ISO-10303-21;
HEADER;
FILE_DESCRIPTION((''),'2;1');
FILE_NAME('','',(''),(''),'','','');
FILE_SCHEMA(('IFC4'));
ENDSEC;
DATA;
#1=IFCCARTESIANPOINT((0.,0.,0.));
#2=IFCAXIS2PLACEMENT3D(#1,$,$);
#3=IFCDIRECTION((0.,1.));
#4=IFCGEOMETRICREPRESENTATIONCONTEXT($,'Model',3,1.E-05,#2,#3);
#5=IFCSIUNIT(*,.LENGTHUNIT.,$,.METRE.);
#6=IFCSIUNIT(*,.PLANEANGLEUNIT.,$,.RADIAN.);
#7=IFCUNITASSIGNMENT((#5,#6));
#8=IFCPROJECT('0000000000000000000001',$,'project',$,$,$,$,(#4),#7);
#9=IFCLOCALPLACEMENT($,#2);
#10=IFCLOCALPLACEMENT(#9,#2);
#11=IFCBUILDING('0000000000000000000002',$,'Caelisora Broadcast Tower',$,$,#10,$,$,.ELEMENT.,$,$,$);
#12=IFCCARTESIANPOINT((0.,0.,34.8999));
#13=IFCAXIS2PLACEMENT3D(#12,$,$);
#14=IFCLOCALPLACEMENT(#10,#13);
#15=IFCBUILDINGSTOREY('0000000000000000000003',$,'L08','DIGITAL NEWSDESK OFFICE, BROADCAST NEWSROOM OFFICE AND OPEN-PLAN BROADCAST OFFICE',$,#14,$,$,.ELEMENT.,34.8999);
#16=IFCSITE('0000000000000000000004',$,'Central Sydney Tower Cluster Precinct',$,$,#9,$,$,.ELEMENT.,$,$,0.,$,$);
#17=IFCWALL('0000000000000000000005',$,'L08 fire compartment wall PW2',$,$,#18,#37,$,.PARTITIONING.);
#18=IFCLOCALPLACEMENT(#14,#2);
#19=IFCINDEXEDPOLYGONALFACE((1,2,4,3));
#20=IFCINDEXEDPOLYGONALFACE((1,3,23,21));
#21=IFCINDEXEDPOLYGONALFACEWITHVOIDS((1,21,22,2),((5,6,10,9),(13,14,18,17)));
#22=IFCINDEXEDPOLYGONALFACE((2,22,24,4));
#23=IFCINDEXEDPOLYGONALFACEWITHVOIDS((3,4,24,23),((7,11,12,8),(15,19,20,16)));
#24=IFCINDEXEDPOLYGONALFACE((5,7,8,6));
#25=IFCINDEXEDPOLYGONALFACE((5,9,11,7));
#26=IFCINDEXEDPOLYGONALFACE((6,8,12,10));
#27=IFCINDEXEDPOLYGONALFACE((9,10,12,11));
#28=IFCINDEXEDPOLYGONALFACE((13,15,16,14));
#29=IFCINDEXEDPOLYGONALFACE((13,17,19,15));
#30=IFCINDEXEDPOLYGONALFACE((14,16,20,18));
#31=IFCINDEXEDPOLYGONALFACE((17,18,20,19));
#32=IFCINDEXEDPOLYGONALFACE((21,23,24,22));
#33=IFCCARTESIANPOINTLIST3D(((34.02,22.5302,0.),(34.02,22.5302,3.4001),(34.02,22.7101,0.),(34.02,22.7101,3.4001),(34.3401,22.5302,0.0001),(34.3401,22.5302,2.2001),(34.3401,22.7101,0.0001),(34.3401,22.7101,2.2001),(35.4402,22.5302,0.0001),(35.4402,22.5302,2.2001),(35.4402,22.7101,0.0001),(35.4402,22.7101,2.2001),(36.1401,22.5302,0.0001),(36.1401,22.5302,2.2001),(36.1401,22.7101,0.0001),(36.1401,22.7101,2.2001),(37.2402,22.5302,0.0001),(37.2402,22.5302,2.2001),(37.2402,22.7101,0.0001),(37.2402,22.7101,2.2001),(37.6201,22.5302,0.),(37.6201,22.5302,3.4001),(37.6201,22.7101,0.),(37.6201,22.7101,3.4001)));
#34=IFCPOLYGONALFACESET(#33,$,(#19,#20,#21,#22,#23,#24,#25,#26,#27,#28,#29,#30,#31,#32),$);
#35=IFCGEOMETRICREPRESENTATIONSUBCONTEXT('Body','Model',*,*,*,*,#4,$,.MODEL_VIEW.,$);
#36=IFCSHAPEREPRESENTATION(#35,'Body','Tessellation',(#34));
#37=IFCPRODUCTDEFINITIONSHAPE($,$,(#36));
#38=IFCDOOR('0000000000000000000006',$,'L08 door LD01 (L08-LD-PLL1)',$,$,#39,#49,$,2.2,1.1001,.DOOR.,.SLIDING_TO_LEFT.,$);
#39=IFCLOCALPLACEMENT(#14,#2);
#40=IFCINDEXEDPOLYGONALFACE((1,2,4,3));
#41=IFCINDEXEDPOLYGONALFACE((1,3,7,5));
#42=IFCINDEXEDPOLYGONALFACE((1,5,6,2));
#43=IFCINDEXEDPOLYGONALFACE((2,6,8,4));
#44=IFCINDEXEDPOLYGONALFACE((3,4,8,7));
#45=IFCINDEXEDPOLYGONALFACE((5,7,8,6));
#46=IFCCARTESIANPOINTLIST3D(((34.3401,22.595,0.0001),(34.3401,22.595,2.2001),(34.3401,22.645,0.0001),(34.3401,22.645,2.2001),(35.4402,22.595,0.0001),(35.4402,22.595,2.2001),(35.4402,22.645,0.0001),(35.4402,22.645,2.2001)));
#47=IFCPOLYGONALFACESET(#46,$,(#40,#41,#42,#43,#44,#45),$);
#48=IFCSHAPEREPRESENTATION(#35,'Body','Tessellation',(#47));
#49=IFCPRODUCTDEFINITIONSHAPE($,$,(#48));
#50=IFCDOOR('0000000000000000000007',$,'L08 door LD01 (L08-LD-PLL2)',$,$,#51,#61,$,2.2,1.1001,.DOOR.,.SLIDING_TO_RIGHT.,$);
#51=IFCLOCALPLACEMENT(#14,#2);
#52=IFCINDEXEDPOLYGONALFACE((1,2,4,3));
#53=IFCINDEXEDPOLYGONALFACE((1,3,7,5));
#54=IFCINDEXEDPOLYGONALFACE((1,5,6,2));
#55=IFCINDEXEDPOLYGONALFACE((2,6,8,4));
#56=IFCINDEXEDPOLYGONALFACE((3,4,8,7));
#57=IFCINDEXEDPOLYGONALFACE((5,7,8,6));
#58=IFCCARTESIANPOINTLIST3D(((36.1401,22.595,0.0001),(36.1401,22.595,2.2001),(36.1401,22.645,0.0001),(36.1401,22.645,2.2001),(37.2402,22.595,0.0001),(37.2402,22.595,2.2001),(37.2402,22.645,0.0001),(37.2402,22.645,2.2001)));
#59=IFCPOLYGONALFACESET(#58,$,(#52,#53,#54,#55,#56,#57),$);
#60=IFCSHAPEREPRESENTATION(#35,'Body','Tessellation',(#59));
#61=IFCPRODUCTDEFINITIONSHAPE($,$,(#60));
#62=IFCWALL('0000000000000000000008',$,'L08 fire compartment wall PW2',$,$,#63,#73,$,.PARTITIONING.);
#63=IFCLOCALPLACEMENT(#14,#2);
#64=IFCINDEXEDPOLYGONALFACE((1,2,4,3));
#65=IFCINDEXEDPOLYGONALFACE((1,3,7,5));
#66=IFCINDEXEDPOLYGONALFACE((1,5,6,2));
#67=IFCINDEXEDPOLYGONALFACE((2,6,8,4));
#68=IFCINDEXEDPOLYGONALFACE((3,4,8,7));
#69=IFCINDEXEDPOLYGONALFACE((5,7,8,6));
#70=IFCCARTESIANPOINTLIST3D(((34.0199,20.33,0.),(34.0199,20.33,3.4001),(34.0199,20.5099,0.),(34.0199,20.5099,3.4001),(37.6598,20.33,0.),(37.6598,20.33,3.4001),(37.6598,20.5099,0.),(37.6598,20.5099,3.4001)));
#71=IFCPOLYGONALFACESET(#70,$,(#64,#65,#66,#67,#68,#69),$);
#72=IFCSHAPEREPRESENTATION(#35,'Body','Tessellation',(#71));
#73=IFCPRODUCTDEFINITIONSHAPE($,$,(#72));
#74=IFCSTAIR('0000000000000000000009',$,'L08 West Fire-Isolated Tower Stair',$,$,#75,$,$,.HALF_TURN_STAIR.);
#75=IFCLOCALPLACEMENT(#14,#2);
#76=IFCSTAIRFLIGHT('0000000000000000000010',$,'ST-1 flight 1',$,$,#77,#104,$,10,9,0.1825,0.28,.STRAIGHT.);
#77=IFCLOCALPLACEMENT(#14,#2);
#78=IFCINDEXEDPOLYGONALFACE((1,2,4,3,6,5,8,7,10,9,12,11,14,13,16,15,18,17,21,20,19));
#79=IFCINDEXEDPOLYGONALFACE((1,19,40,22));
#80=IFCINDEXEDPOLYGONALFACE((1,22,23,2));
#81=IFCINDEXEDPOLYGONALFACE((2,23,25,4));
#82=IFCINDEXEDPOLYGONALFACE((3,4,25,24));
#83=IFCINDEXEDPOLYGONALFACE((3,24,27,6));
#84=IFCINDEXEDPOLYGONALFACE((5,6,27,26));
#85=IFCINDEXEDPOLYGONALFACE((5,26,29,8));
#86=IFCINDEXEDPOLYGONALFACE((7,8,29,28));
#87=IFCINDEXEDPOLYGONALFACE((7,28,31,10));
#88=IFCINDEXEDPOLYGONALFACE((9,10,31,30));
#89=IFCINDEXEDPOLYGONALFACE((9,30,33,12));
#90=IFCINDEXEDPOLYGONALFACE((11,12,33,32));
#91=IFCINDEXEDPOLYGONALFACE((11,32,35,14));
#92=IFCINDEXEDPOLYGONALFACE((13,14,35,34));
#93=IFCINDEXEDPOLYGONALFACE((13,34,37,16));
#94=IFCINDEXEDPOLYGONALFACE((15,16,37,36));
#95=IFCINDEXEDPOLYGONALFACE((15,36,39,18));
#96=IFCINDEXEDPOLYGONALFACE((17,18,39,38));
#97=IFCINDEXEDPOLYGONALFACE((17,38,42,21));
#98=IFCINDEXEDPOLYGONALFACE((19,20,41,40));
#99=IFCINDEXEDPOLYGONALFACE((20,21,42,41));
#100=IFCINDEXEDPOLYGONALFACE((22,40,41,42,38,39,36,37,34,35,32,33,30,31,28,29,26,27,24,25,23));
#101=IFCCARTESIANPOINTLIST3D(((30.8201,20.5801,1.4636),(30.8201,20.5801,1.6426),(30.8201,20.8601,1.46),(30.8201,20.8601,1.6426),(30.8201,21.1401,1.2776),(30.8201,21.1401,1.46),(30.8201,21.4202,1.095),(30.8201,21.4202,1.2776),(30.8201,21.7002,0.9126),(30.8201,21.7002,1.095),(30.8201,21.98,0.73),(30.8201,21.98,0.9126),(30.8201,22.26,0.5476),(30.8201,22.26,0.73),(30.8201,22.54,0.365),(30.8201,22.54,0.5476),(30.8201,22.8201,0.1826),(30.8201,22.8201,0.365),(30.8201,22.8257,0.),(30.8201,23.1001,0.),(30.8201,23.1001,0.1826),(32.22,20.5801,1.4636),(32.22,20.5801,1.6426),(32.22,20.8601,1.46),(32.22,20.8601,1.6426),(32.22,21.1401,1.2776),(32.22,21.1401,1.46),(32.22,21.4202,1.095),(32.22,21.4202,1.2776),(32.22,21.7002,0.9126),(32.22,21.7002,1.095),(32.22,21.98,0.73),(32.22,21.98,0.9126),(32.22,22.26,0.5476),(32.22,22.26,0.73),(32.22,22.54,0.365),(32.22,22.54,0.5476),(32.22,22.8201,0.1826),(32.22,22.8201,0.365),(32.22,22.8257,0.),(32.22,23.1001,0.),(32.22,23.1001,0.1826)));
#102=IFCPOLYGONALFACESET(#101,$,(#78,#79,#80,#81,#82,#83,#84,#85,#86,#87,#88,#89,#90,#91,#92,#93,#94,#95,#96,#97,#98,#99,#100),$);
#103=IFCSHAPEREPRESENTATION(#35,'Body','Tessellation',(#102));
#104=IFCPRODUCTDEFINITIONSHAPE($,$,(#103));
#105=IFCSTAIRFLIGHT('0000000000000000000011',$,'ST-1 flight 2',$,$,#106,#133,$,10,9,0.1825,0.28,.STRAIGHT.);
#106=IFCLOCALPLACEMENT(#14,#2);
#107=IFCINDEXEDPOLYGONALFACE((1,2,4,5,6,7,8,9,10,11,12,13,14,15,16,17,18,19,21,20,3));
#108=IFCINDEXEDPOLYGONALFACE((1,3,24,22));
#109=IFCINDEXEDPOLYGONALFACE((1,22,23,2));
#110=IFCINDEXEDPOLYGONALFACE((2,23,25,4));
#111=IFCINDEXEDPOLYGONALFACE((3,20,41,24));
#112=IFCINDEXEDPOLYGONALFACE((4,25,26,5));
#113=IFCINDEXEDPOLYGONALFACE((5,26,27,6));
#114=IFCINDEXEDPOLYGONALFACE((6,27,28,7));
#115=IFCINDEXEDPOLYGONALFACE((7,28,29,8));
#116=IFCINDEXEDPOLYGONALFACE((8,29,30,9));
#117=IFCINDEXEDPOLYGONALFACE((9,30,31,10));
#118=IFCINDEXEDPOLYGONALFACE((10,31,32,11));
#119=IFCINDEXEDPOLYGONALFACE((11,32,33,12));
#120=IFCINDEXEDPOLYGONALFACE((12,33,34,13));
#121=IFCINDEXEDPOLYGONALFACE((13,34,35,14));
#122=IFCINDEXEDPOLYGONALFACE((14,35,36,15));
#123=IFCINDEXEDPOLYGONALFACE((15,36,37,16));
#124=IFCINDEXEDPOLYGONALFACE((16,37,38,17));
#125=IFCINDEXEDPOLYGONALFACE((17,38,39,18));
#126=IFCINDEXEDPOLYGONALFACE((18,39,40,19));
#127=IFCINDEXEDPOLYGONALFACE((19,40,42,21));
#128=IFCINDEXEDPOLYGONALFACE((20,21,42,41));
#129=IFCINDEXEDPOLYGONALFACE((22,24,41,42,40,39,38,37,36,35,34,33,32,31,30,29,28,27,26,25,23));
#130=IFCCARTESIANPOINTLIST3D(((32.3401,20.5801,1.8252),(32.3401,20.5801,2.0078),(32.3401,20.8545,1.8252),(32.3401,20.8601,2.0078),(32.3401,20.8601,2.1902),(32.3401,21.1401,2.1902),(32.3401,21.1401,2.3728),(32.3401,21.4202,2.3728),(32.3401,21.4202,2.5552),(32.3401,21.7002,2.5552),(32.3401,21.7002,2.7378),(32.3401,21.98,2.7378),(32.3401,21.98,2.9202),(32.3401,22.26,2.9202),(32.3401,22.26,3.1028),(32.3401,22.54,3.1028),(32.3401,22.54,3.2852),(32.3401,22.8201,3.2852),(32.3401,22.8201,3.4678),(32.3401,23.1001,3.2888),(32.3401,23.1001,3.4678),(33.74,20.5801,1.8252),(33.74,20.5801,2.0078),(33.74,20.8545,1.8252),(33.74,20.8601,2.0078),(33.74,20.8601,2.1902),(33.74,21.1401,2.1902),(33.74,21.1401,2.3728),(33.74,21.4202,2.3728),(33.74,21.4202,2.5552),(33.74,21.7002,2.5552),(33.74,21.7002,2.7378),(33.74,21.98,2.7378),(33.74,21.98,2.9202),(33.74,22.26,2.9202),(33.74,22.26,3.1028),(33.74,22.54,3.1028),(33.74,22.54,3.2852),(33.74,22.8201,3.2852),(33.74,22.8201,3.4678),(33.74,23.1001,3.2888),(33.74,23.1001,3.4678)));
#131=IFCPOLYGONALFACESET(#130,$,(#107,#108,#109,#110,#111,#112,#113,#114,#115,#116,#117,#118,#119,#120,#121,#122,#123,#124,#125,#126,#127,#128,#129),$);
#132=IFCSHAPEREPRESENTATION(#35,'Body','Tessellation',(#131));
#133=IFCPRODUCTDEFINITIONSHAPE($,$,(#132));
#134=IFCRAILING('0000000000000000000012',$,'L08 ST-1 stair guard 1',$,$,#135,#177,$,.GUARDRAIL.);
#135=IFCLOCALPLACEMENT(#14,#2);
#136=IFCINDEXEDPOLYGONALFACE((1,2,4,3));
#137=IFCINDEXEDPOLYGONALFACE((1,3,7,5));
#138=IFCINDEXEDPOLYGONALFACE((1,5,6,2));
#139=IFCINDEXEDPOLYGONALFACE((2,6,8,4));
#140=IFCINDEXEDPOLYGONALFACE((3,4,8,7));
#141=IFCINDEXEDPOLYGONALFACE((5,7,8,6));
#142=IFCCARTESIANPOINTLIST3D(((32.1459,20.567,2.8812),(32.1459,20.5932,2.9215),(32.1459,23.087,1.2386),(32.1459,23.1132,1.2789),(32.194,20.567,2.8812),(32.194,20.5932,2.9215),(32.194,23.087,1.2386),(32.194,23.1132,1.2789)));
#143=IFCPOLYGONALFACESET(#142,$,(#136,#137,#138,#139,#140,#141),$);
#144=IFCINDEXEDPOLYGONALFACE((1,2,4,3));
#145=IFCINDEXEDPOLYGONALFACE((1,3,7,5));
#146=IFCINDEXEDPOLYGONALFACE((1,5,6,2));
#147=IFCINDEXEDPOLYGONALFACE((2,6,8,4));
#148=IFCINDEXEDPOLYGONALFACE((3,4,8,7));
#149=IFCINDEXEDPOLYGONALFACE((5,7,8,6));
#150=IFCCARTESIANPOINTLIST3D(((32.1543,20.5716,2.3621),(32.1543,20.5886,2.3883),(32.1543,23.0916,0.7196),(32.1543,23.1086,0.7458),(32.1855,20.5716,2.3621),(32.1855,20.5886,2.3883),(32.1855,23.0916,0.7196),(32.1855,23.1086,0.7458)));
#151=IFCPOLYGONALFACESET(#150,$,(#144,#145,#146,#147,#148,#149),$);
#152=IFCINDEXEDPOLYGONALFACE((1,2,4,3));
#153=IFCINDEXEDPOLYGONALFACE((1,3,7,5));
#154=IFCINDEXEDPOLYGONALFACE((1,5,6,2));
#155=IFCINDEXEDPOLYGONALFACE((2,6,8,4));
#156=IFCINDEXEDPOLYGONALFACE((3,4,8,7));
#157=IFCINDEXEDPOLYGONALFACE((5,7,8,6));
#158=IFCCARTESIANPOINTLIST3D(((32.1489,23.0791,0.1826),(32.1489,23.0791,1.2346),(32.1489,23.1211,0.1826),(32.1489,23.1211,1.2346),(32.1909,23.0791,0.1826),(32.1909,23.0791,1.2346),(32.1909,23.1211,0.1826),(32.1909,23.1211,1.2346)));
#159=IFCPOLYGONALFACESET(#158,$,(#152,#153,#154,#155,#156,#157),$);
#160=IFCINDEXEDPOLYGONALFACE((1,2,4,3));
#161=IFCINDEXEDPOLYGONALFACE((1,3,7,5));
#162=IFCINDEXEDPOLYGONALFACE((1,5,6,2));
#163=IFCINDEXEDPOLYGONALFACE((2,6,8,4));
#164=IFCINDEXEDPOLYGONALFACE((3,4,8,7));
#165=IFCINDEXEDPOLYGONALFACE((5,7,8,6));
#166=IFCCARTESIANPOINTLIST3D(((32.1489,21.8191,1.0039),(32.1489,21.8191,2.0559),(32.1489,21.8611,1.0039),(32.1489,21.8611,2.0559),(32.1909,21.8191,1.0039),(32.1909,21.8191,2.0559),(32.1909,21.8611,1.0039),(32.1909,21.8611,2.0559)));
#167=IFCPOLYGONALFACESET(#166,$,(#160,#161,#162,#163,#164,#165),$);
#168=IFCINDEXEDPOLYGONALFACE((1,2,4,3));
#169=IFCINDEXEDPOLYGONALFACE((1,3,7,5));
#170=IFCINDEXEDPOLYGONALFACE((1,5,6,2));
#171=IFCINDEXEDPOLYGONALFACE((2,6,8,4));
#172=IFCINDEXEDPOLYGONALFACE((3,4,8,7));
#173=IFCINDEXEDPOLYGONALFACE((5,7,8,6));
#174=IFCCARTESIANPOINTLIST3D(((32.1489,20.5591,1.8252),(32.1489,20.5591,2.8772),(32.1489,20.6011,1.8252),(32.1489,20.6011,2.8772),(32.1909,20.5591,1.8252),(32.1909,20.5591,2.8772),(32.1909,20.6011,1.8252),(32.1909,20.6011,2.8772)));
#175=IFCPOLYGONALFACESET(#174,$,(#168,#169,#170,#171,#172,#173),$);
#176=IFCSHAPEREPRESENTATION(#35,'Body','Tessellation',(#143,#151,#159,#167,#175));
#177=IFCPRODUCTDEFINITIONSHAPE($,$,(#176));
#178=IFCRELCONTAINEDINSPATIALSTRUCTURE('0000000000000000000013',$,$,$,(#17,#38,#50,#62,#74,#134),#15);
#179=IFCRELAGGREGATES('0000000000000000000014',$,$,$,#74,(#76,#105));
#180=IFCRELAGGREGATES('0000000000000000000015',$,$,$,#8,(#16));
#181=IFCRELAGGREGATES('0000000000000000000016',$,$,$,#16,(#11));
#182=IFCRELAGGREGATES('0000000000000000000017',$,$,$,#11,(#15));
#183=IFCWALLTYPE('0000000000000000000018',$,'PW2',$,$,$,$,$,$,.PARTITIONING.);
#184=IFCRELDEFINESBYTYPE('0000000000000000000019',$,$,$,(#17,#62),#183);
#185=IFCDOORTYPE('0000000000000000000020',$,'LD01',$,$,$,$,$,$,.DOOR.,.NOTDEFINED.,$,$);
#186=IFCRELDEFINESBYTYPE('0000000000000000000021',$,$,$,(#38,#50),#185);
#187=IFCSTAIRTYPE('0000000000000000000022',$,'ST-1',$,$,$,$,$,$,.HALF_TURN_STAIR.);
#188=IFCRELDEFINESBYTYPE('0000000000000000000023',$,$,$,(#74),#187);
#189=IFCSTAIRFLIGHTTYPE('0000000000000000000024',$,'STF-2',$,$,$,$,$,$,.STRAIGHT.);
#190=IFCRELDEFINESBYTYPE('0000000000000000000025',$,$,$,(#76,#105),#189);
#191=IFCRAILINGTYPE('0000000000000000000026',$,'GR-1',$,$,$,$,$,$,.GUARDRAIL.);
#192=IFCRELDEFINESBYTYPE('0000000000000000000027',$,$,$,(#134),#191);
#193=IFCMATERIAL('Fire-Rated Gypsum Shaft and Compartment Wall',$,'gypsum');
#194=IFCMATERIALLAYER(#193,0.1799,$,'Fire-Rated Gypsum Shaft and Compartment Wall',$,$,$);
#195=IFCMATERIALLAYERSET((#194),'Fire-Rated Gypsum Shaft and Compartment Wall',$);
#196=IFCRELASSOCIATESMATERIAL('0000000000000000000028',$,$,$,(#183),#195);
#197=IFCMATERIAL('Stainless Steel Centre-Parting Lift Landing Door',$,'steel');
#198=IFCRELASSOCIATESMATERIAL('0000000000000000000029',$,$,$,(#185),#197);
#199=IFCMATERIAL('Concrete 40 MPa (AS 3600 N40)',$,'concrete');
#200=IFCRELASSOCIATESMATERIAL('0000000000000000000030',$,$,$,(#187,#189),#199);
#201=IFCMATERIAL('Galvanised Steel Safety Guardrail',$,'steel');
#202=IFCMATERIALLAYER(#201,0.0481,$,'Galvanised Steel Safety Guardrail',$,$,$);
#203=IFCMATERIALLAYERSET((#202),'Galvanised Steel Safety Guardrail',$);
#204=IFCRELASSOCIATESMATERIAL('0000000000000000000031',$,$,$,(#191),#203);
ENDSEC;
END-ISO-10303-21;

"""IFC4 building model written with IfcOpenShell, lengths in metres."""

from ifc_helpers import new_model, si_unit, direction, frame, frame_2d, origin, origin_2d, place, context, subcontext, project, spatial, polyline, rectangle, outline, extrude, material, layer, layer_set, type_object, element, fill, aggregate, save


model = new_model("IFC4")

# Units and contexts
model_context = context("Model", 3, precision=1e-05, world=origin(), true_north=direction((0.0, 1.0)))
body_context = subcontext(model_context, "Body", "Model", "MODEL_VIEW")
ifc_project = project(units=[si_unit("LENGTHUNIT", "METRE"), si_unit("PLANEANGLEUNIT", "RADIAN")], contexts=[model_context])

# Site, building, storey
site_placement = place(None, origin())
site = spatial("IfcSite", under=ifc_project, at=site_placement, Name="Central Sydney Tower Cluster Precinct", CompositionType="ELEMENT", RefElevation=0.0)
building_placement = place(site_placement, origin())
building = spatial("IfcBuilding", under=site, at=building_placement, Name="Caelisora Broadcast Tower", CompositionType="ELEMENT")
storey_placement = place(building_placement, frame((0.0, 0.0, 34.8999)))
storey = spatial("IfcBuildingStorey", under=building, at=storey_placement, Name="L08", Description="DIGITAL NEWSDESK OFFICE, BROADCAST NEWSROOM OFFICE AND OPEN-PLAN BROADCAST OFFICE", CompositionType="ELEMENT", Elevation=34.8999)

# Wall, openings, doors
ifc_material_1 = material(Name="Fire-Rated Gypsum Shaft and Compartment Wall", Category="gypsum")
ifc_layer_1 = layer(ifc_material_1, 0.1799, Name="Fire-Rated Gypsum Shaft and Compartment Wall")
ifc_layer_set_1 = layer_set([ifc_layer_1], Name="Fire-Rated Gypsum Shaft and Compartment Wall")
wall_type_1 = type_object("IfcWallType", Name="PW2", PredefinedType="PARTITIONING", material=ifc_layer_set_1)
wall_1_placement = place(storey_placement, frame((34.02, 22.6201, 0.0), z_axis=(0.0, 0.0, 1.0), x_axis=(1.0, 0.0, 0.0)))
wall_1 = element("IfcWall", 1, at=wall_1_placement, inside=storey, type_object=wall_type_1, Name="L08 fire compartment wall PW2", PredefinedType="PARTITIONING", context=body_context, shape_type="SweptSolid", body=[
    extrude(rectangle(XDim=3.6001, YDim=0.1799, at=frame_2d((1.8, 0.0))), origin(), (0.0, 0.0, 1.0), 3.4001),
])
opening_1_placement = place(wall_1_placement, frame((0.3201, 0.0, 0.0)))
opening_1 = element("IfcOpeningElement", 2, at=opening_1_placement, cuts=wall_1, PredefinedType="OPENING", context=body_context, shape_type="SweptSolid", body=[
    extrude(rectangle(XDim=1.1001, YDim=2.2, at=frame_2d((0.55, 1.1001))), frame((0.0, 0.1021, 0.0), z_axis=(0.0, -1.0, 0.0), x_axis=(1.0, 0.0, 0.0)), (0.0, 0.0, 1.0), 0.2039),
])
opening_2_placement = place(wall_1_placement, frame((2.1201, 0.0, 0.0)))
opening_2 = element("IfcOpeningElement", 3, at=opening_2_placement, cuts=wall_1, PredefinedType="OPENING", context=body_context, shape_type="SweptSolid", body=[
    extrude(rectangle(XDim=1.1001, YDim=2.2, at=frame_2d((0.55, 1.1001))), frame((0.0, 0.1021, 0.0), z_axis=(0.0, -1.0, 0.0), x_axis=(1.0, 0.0, 0.0)), (0.0, 0.0, 1.0), 0.2039),
])
ifc_material_2 = material(Name="Stainless Steel Centre-Parting Lift Landing Door", Category="steel")
door_type_1 = type_object("IfcDoorType", Name="LD01", OperationType="NOTDEFINED", PredefinedType="DOOR", material=ifc_material_2)
door_1_placement = place(opening_1_placement, origin())
door_1 = element("IfcDoor", 4, at=door_1_placement, inside=storey, type_object=door_type_1, Name="L08 door LD01 (L08-LD-PLL1)", OperationType="SLIDING_TO_LEFT", OverallHeight=2.2, OverallWidth=1.1001, PredefinedType="DOOR", context=body_context, shape_type="SweptSolid", body=[
    extrude(rectangle(XDim=1.1001, YDim=2.2, at=frame_2d((0.55, 1.1001))), frame((0.0, 0.0249, 0.0), z_axis=(0.0, -1.0, 0.0), x_axis=(1.0, 0.0, 0.0)), (0.0, 0.0, 1.0), 0.05),
])
fill(opening_1, door_1)
door_2_placement = place(opening_2_placement, origin())
door_2 = element("IfcDoor", 5, at=door_2_placement, inside=storey, type_object=door_type_1, Name="L08 door LD01 (L08-LD-PLL2)", OperationType="SLIDING_TO_RIGHT", OverallHeight=2.2, OverallWidth=1.1001, PredefinedType="DOOR", context=body_context, shape_type="SweptSolid", body=[
    extrude(rectangle(XDim=1.1001, YDim=2.2, at=frame_2d((0.55, 1.1001))), frame((0.0, 0.0249, 0.0), z_axis=(0.0, -1.0, 0.0), x_axis=(1.0, 0.0, 0.0)), (0.0, 0.0, 1.0), 0.05),
])
fill(opening_2, door_2)

# Wall
wall_2_placement = place(storey_placement, frame((34.02, 20.4199, 0.0), z_axis=(0.0, 0.0, 1.0), x_axis=(1.0, 0.0, 0.0)))
element("IfcWall", 6, at=wall_2_placement, inside=storey, type_object=wall_type_1, Name="L08 fire compartment wall PW2", PredefinedType="PARTITIONING", context=body_context, shape_type="SweptSolid", body=[
    extrude(rectangle(XDim=3.6399, YDim=0.1799, at=frame_2d((1.8198, 0.0))), origin(), (0.0, 0.0, 1.0), 3.4001),
])

# Stair, stair flights
ifc_material_3 = material(Name="Concrete 40 MPa (AS 3600 N40)", Category="concrete")
stair_type = type_object("IfcStairType", Name="ST-1", PredefinedType="HALF_TURN_STAIR", material=ifc_material_3)
stair_placement = place(storey_placement, origin())
stair = element("IfcStair", 7, at=stair_placement, inside=storey, type_object=stair_type, Name="L08 West Fire-Isolated Tower Stair", PredefinedType="HALF_TURN_STAIR")
stair_flight_type = type_object("IfcStairFlightType", Name="STF-2", PredefinedType="STRAIGHT", material=ifc_material_3)
stair_flight_1_placement = place(storey_placement, frame((31.52, 23.1001, 0.0), z_axis=(0.0, 0.0, 1.0), x_axis=(0.0, -1.0, 0.0)))
stair_flight_1 = element("IfcStairFlight", 8, at=stair_flight_1_placement, type_object=stair_flight_type, Name="ST-1 flight 1", NumberOfRisers=10, NumberOfTreads=9, PredefinedType="STRAIGHT", RiserHeight=0.1825, TreadLength=0.28, context=body_context, shape_type="SweptSolid", body=[
    extrude(outline(polyline([(0.0, 0.0), (0.0, 0.1826), (0.28, 0.1826), (0.28, 0.365), (0.5601, 0.365), (0.5601, 0.5476), (0.8401, 0.5476), (0.8401, 0.73), (1.1201, 0.73), (1.1201, 0.9126), (1.3999, 0.9126), (1.3999, 1.095), (1.6799, 1.095), (1.6799, 1.2776), (1.96, 1.2776), (1.96, 1.46), (2.24, 1.46), (2.24, 1.6426), (2.52, 1.6426), (2.52, 1.825), (2.52, 1.4636), (0.2744, 0.0), (0.0, 0.0)])), frame((0.0, 0.7, 0.0), z_axis=(0.0, -1.0, 0.0), x_axis=(1.0, 0.0, 0.0)), (0.0, 0.0, 1.0), 1.3999),
])
stair_flight_2_placement = place(storey_placement, frame((33.04, 20.5801, 1.8252), z_axis=(0.0, 0.0, 1.0), x_axis=(0.0, 1.0, 0.0)))
stair_flight_2 = element("IfcStairFlight", 9, at=stair_flight_2_placement, type_object=stair_flight_type, Name="ST-1 flight 2", NumberOfRisers=10, NumberOfTreads=9, PredefinedType="STRAIGHT", RiserHeight=0.1825, TreadLength=0.28, context=body_context, shape_type="SweptSolid", body=[
    extrude(outline(polyline([(0.0, 0.0), (0.0, 0.1826), (0.28, 0.1826), (0.28, 0.365), (0.5601, 0.365), (0.5601, 0.5476), (0.8401, 0.5476), (0.8401, 0.73), (1.1201, 0.73), (1.1201, 0.9126), (1.3999, 0.9126), (1.3999, 1.095), (1.6799, 1.095), (1.6799, 1.2776), (1.96, 1.2776), (1.96, 1.46), (2.24, 1.46), (2.24, 1.6426), (2.52, 1.6426), (2.52, 1.825), (2.52, 1.4636), (0.2744, 0.0), (0.0, 0.0)])), frame((0.0, 0.7, 0.0), z_axis=(0.0, -1.0, 0.0), x_axis=(1.0, 0.0, 0.0)), (0.0, 0.0, 1.0), 1.3999),
])
aggregate(stair, [stair_flight_1, stair_flight_2])

# Railing
ifc_material_4 = material(Name="Galvanised Steel Safety Guardrail", Category="steel")
ifc_layer_2 = layer(ifc_material_4, 0.0481, Name="Galvanised Steel Safety Guardrail")
ifc_layer_set_2 = layer_set([ifc_layer_2], Name="Galvanised Steel Safety Guardrail")
railing_type_1 = type_object("IfcRailingType", Name="GR-1", PredefinedType="GUARDRAIL", material=ifc_layer_set_2)
railing_1_placement = place(storey_placement, frame((32.1699, 23.1001, 0.1826)))
element("IfcRailing", 10, at=railing_1_placement, inside=storey, type_object=railing_type_1, Name="L08 ST-1 stair guard 1", PredefinedType="GUARDRAIL", context=body_context, shape_type="SweptSolid", body=[
    extrude(rectangle(XDim=0.0481, YDim=0.0481, at=origin_2d()), frame((0.0, 0.0, 1.0762), z_axis=(0.0, -0.837749, 0.546055), x_axis=(1.0, 0.0, 0.0)), (0.0, 0.0, 1.0), 3.0081),
    extrude(rectangle(XDim=0.0312, YDim=0.0312, at=origin_2d()), frame((0.0, 0.0, 0.55), z_axis=(0.0, -0.837749, 0.546055), x_axis=(1.0, 0.0, 0.0)), (0.0, 0.0, 1.0), 3.0081),
    extrude(rectangle(XDim=0.042, YDim=0.042, at=origin_2d()), origin(), (0.0, 0.0, 1.0), 1.052),
    extrude(rectangle(XDim=0.042, YDim=0.042, at=origin_2d()), frame((0.0, -1.26, 0.8213)), (0.0, 0.0, 1.0), 1.052),
    extrude(rectangle(XDim=0.042, YDim=0.042, at=origin_2d()), frame((0.0, -2.52, 1.6426)), (0.0, 0.0, 1.0), 1.052),
])

save(model, "model.ifc")
